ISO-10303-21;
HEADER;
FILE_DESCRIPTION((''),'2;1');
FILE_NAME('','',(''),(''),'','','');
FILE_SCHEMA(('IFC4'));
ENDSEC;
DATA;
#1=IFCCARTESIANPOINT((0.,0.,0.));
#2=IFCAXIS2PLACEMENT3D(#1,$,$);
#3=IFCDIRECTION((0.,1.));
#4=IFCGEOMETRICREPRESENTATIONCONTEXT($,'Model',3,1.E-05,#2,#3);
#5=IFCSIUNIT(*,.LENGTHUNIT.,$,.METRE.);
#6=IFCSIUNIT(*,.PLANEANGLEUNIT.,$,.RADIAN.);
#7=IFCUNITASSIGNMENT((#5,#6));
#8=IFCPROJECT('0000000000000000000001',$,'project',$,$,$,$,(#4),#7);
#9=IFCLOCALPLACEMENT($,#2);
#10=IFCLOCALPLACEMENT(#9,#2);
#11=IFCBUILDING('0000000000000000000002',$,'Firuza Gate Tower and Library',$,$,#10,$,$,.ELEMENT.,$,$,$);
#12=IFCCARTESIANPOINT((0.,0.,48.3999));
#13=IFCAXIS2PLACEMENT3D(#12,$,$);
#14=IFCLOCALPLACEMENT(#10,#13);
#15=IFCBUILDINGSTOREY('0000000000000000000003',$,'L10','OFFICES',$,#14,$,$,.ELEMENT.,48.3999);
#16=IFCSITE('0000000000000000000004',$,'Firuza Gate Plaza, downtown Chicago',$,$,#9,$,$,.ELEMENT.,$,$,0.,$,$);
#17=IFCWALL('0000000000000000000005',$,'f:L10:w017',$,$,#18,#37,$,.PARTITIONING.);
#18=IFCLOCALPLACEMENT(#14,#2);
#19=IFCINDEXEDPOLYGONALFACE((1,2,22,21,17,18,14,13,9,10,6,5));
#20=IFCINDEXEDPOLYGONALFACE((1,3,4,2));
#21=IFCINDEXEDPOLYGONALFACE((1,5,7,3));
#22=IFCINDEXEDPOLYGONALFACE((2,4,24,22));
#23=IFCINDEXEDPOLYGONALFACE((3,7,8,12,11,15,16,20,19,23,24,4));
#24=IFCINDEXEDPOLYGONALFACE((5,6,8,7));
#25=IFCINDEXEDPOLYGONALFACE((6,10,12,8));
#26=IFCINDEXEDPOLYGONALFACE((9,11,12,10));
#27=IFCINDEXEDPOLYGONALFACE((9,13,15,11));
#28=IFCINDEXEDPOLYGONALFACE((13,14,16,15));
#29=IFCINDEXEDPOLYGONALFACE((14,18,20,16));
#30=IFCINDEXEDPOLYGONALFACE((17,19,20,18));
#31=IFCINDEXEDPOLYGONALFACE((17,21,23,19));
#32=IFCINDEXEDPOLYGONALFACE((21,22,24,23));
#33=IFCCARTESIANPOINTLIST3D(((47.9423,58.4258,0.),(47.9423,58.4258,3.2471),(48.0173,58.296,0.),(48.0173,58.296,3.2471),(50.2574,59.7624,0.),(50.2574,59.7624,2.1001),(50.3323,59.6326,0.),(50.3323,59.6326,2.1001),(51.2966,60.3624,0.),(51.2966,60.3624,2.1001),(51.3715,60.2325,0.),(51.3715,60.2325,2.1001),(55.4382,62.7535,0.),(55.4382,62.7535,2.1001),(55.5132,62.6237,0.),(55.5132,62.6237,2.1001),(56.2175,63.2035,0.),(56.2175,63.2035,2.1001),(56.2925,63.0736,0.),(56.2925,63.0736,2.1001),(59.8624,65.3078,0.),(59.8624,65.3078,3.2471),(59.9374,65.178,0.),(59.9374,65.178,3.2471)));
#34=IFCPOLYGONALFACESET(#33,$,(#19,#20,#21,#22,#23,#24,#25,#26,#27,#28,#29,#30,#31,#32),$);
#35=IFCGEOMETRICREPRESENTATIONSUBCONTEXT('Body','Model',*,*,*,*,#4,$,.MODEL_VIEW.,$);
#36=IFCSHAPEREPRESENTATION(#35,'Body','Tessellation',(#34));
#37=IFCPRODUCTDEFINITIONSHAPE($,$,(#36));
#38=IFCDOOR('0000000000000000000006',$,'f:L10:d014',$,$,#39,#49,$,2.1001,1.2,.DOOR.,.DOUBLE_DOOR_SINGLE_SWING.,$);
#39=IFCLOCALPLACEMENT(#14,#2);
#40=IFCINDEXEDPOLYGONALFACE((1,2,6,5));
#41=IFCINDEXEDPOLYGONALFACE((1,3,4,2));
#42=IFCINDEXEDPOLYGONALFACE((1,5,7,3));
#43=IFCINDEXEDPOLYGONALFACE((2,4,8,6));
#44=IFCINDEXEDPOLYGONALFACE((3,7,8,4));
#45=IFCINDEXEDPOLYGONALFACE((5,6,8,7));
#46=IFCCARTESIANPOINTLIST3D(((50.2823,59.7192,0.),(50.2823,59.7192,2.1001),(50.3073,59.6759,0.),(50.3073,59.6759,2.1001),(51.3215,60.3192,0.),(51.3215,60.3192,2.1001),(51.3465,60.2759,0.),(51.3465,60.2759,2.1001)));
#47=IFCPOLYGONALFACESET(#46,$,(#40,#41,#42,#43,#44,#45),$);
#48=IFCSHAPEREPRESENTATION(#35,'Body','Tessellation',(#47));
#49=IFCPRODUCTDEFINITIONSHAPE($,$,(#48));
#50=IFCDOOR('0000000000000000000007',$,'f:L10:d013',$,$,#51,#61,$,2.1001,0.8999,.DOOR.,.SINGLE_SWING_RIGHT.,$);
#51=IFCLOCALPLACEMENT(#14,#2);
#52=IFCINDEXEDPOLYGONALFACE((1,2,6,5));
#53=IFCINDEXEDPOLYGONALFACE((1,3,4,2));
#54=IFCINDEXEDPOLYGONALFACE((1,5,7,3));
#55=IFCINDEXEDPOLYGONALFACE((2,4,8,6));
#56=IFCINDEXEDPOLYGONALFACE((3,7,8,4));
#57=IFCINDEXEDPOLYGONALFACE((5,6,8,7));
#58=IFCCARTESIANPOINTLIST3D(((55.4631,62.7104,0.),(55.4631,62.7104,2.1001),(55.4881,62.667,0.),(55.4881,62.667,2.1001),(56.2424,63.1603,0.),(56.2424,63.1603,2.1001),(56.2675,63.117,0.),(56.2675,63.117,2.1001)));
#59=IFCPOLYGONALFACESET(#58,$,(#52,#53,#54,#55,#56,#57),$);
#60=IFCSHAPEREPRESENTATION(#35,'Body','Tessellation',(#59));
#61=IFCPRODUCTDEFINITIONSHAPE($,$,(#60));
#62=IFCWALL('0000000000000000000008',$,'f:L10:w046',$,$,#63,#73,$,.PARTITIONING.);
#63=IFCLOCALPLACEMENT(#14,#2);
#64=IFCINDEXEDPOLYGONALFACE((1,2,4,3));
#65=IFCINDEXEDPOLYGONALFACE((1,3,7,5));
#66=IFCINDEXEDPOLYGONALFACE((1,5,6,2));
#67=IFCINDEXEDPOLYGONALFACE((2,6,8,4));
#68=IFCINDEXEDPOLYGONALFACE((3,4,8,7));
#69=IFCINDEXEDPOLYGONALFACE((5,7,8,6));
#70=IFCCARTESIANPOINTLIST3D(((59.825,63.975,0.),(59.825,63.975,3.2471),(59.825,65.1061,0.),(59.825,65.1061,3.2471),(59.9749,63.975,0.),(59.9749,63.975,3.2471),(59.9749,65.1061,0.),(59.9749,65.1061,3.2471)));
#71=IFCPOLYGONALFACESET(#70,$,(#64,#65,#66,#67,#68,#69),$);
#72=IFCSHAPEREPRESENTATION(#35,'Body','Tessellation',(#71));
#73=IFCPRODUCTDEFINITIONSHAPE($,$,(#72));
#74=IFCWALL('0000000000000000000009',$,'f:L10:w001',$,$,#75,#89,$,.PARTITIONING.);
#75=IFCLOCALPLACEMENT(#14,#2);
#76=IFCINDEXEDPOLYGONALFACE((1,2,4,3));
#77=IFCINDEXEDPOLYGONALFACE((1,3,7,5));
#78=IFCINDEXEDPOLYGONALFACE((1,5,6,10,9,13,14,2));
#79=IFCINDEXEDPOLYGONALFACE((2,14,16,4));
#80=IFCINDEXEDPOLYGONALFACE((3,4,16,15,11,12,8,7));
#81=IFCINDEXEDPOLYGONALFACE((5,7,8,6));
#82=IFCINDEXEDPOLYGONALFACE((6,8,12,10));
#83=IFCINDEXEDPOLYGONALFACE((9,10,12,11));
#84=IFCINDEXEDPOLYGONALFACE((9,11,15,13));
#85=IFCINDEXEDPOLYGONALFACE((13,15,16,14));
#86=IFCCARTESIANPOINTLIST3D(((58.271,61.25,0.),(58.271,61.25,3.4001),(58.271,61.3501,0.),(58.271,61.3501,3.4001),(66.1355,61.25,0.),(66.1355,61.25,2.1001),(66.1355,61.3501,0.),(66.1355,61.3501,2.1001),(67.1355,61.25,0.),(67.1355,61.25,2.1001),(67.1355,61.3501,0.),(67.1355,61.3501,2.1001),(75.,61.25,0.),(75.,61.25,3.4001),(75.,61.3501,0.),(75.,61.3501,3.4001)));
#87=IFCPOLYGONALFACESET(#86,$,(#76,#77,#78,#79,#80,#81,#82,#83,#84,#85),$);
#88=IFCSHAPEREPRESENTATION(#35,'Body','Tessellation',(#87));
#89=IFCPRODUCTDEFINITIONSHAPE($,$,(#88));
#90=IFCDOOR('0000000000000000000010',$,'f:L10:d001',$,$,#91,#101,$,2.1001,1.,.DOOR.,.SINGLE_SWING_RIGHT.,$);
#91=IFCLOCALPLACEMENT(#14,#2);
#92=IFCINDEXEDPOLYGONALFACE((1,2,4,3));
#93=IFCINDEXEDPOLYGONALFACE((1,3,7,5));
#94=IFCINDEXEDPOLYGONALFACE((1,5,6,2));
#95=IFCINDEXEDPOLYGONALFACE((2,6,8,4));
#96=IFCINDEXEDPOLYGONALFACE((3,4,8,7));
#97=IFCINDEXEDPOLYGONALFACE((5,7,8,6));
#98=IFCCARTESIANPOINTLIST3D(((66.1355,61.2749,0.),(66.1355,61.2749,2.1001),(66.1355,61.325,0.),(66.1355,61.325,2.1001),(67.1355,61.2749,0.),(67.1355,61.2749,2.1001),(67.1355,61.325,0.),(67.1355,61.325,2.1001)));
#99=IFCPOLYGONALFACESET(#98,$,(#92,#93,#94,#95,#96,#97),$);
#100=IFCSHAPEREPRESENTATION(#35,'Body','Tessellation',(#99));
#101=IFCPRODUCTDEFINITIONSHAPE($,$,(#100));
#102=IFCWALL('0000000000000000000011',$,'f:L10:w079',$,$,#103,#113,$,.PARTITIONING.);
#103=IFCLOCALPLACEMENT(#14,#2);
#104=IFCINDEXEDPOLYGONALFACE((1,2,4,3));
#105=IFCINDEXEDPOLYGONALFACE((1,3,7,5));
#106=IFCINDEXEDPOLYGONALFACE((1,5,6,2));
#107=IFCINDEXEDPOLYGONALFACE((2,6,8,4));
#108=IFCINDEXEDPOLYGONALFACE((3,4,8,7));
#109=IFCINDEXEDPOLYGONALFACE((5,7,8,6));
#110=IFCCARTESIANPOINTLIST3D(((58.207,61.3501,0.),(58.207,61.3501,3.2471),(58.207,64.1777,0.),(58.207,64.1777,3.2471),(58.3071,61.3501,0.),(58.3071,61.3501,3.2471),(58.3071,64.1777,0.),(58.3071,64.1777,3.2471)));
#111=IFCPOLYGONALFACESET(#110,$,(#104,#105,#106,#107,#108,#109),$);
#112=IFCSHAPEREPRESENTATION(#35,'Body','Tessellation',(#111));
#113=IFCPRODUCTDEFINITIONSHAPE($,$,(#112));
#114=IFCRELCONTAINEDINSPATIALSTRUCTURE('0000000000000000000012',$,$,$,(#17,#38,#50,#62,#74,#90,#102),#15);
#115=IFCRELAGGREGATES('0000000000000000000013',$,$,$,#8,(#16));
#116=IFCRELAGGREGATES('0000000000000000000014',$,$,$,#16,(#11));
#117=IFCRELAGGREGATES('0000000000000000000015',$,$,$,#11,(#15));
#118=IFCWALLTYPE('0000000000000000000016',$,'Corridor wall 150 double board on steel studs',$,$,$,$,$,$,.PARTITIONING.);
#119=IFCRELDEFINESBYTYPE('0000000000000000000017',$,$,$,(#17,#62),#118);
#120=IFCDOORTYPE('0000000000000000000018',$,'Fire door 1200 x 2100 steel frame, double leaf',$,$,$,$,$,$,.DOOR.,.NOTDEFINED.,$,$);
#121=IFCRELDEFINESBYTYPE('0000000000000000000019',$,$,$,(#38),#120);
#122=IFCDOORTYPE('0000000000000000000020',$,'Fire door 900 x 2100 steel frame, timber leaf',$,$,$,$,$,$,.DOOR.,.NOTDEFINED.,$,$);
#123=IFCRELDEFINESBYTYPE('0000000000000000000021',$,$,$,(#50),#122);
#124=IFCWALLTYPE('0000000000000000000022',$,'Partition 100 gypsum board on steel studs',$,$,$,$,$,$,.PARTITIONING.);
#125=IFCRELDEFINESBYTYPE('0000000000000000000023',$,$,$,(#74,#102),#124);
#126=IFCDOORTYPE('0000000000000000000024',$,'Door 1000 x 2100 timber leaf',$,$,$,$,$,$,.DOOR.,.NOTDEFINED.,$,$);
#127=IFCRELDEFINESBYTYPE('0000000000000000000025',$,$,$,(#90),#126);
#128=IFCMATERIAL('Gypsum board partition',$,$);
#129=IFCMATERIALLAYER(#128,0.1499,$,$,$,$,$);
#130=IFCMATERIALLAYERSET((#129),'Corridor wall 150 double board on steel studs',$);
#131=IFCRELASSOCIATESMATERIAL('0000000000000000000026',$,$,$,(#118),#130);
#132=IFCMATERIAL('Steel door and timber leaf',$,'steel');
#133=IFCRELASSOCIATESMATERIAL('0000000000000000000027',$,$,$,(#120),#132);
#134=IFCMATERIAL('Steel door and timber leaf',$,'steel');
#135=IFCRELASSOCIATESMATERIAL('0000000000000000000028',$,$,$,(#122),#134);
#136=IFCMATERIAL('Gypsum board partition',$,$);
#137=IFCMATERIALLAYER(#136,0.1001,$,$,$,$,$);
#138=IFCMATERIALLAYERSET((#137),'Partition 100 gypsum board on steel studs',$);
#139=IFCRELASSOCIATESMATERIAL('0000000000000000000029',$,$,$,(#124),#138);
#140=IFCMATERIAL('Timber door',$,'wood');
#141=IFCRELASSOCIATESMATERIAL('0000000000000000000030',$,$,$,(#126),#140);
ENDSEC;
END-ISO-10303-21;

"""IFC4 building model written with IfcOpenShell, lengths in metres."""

from ifc_helpers import new_model, si_unit, direction, frame, frame_2d, origin, place, context, subcontext, project, spatial, rectangle, extrude, material, layer, layer_set, type_object, element, fill, save


model = new_model("IFC4")

# Units and contexts
model_context = context("Model", 3, precision=1e-05, world=origin(), true_north=direction((0.0, 1.0)))
body_context = subcontext(model_context, "Body", "Model", "MODEL_VIEW")
ifc_project = project(units=[si_unit("LENGTHUNIT", "METRE"), si_unit("PLANEANGLEUNIT", "RADIAN")], contexts=[model_context])

# Site, building, storey
site_placement = place(None, origin())
site = spatial("IfcSite", under=ifc_project, at=site_placement, Name="Firuza Gate Plaza, downtown Chicago", CompositionType="ELEMENT", RefElevation=0.0)
building_placement = place(site_placement, origin())
building = spatial("IfcBuilding", under=site, at=building_placement, Name="Firuza Gate Tower and Library", CompositionType="ELEMENT")
storey_placement = place(building_placement, frame((0.0, 0.0, 48.3999)))
storey = spatial("IfcBuildingStorey", under=building, at=storey_placement, Name="L10", Description="OFFICES", CompositionType="ELEMENT", Elevation=48.3999)

# Wall, openings, doors
ifc_material_1 = material(Name="Gypsum board partition")
ifc_layer_1 = layer(ifc_material_1, 0.1499)
ifc_layer_set_1 = layer_set([ifc_layer_1], Name="Corridor wall 150 double board on steel studs")
wall_type_1 = type_object("IfcWallType", Name="Corridor wall 150 double board on steel studs", PredefinedType="PARTITIONING", material=ifc_layer_set_1)
wall_1_placement = place(storey_placement, frame((59.8999, 65.2429, 0.0), z_axis=(0.0, 0.0, 1.0), x_axis=(-0.866026, -0.499998, 0.0)))
wall_1 = element("IfcWall", 1, at=wall_1_placement, inside=storey, type_object=wall_type_1, Name="f:L10:w017", PredefinedType="PARTITIONING", context=body_context, shape_type="SweptSolid", body=[
    extrude(rectangle(XDim=13.7642, YDim=0.1499, at=frame_2d((6.8821, 0.0))), origin(), (0.0, 0.0, 1.0), 3.2471),
])
opening_1_placement = place(wall_1_placement, frame((4.2087, 0.0, 0.0)))
opening_1 = element("IfcOpeningElement", 2, at=opening_1_placement, cuts=wall_1, PredefinedType="OPENING", context=body_context, shape_type="SweptSolid", body=[
    extrude(rectangle(XDim=0.8999, YDim=2.1001, at=frame_2d((0.45, 1.05))), frame((0.0, 0.085, 0.0), z_axis=(0.0, -1.0, 0.0), x_axis=(1.0, 0.0, 0.0)), (0.0, 0.0, 1.0), 0.1699),
])
opening_2_placement = place(wall_1_placement, frame((9.8909, 0.0, 0.0)))
opening_2 = element("IfcOpeningElement", 3, at=opening_2_placement, cuts=wall_1, PredefinedType="OPENING", context=body_context, shape_type="SweptSolid", body=[
    extrude(rectangle(XDim=1.2, YDim=2.1001, at=frame_2d((0.6001, 1.05))), frame((0.0, 0.085, 0.0), z_axis=(0.0, -1.0, 0.0), x_axis=(1.0, 0.0, 0.0)), (0.0, 0.0, 1.0), 0.1699),
])
ifc_material_2 = material(Name="Steel door and timber leaf", Category="steel")
door_type_1 = type_object("IfcDoorType", Name="Fire door 1200 x 2100 steel frame, double leaf", OperationType="NOTDEFINED", PredefinedType="DOOR", material=ifc_material_2)
door_1_placement = place(opening_2_placement, origin())
door_1 = element("IfcDoor", 4, at=door_1_placement, inside=storey, type_object=door_type_1, Name="f:L10:d014", OperationType="DOUBLE_DOOR_SINGLE_SWING", OverallHeight=2.1001, OverallWidth=1.2, PredefinedType="DOOR", context=body_context, shape_type="SweptSolid", body=[
    extrude(rectangle(XDim=1.2, YDim=2.1001, at=frame_2d((0.6001, 1.05))), frame((0.0, 0.0249, 0.0), z_axis=(0.0, -1.0, 0.0), x_axis=(1.0, 0.0, 0.0)), (0.0, 0.0, 1.0), 0.05),
])
fill(opening_2, door_1)
ifc_material_3 = material(Name="Steel door and timber leaf", Category="steel")
door_type_2 = type_object("IfcDoorType", Name="Fire door 900 x 2100 steel frame, timber leaf", OperationType="NOTDEFINED", PredefinedType="DOOR", material=ifc_material_3)
door_2_placement = place(opening_1_placement, origin())
door_2 = element("IfcDoor", 5, at=door_2_placement, inside=storey, type_object=door_type_2, Name="f:L10:d013", OperationType="SINGLE_SWING_RIGHT", OverallHeight=2.1001, OverallWidth=0.8999, PredefinedType="DOOR", context=body_context, shape_type="SweptSolid", body=[
    extrude(rectangle(XDim=0.8999, YDim=2.1001, at=frame_2d((0.45, 1.05))), frame((0.0, 0.0249, 0.0), z_axis=(0.0, -1.0, 0.0), x_axis=(1.0, 0.0, 0.0)), (0.0, 0.0, 1.0), 0.05),
])
fill(opening_1, door_2)

# Wall
wall_2_placement = place(storey_placement, frame((59.8999, 63.9751, 0.0), z_axis=(0.0, 0.0, 1.0), x_axis=(0.0, 1.0, 0.0)))
element("IfcWall", 6, at=wall_2_placement, inside=storey, type_object=wall_type_1, Name="f:L10:w046", PredefinedType="PARTITIONING", context=body_context, shape_type="SweptSolid", body=[
    extrude(rectangle(XDim=1.1311, YDim=0.1499, at=frame_2d((0.5654, 0.0))), origin(), (0.0, 0.0, 1.0), 3.2471),
])

# Wall, opening, door
ifc_material_4 = material(Name="Gypsum board partition")
ifc_layer_2 = layer(ifc_material_4, 0.1001)
ifc_layer_set_2 = layer_set([ifc_layer_2], Name="Partition 100 gypsum board on steel studs")
wall_type_2 = type_object("IfcWallType", Name="Partition 100 gypsum board on steel studs", PredefinedType="PARTITIONING", material=ifc_layer_set_2)
wall_3_placement = place(storey_placement, frame((58.271, 61.3, 0.0), z_axis=(0.0, 0.0, 1.0), x_axis=(1.0, 0.0, 0.0)))
wall_3 = element("IfcWall", 7, at=wall_3_placement, inside=storey, type_object=wall_type_2, Name="f:L10:w001", PredefinedType="PARTITIONING", context=body_context, shape_type="SweptSolid", body=[
    extrude(rectangle(XDim=16.729, YDim=0.1001, at=frame_2d((8.3645, 0.0))), origin(), (0.0, 0.0, 1.0), 3.4001),
])
opening_3_placement = place(wall_3_placement, frame((7.8645, 0.0, 0.0)))
opening_3 = element("IfcOpeningElement", 8, at=opening_3_placement, cuts=wall_3, PredefinedType="OPENING", context=body_context, shape_type="SweptSolid", body=[
    extrude(rectangle(XDim=1.0, YDim=2.1001, at=frame_2d((0.5, 1.05))), frame((0.0, 0.0601, 0.0), z_axis=(0.0, -1.0, 0.0), x_axis=(1.0, 0.0, 0.0)), (0.0, 0.0, 1.0), 0.1201),
])
ifc_material_5 = material(Name="Timber door", Category="wood")
door_type_3 = type_object("IfcDoorType", Name="Door 1000 x 2100 timber leaf", OperationType="NOTDEFINED", PredefinedType="DOOR", material=ifc_material_5)
door_3_placement = place(opening_3_placement, origin())
door_3 = element("IfcDoor", 9, at=door_3_placement, inside=storey, type_object=door_type_3, Name="f:L10:d001", OperationType="SINGLE_SWING_RIGHT", OverallHeight=2.1001, OverallWidth=1.0, PredefinedType="DOOR", context=body_context, shape_type="SweptSolid", body=[
    extrude(rectangle(XDim=1.0, YDim=2.1001, at=frame_2d((0.5, 1.05))), frame((0.0, 0.0249, 0.0), z_axis=(0.0, -1.0, 0.0), x_axis=(1.0, 0.0, 0.0)), (0.0, 0.0, 1.0), 0.05),
])
fill(opening_3, door_3)

# Wall
wall_4_placement = place(storey_placement, frame((58.2571, 61.3501, 0.0), z_axis=(0.0, 0.0, 1.0), x_axis=(0.0, 1.0, 0.0)))
element("IfcWall", 10, at=wall_4_placement, inside=storey, type_object=wall_type_2, Name="f:L10:w079", PredefinedType="PARTITIONING", context=body_context, shape_type="SweptSolid", body=[
    extrude(rectangle(XDim=2.8276, YDim=0.1001, at=frame_2d((1.4138, 0.0))), origin(), (0.0, 0.0, 1.0), 3.2471),
])

save(model, "model.ifc")
